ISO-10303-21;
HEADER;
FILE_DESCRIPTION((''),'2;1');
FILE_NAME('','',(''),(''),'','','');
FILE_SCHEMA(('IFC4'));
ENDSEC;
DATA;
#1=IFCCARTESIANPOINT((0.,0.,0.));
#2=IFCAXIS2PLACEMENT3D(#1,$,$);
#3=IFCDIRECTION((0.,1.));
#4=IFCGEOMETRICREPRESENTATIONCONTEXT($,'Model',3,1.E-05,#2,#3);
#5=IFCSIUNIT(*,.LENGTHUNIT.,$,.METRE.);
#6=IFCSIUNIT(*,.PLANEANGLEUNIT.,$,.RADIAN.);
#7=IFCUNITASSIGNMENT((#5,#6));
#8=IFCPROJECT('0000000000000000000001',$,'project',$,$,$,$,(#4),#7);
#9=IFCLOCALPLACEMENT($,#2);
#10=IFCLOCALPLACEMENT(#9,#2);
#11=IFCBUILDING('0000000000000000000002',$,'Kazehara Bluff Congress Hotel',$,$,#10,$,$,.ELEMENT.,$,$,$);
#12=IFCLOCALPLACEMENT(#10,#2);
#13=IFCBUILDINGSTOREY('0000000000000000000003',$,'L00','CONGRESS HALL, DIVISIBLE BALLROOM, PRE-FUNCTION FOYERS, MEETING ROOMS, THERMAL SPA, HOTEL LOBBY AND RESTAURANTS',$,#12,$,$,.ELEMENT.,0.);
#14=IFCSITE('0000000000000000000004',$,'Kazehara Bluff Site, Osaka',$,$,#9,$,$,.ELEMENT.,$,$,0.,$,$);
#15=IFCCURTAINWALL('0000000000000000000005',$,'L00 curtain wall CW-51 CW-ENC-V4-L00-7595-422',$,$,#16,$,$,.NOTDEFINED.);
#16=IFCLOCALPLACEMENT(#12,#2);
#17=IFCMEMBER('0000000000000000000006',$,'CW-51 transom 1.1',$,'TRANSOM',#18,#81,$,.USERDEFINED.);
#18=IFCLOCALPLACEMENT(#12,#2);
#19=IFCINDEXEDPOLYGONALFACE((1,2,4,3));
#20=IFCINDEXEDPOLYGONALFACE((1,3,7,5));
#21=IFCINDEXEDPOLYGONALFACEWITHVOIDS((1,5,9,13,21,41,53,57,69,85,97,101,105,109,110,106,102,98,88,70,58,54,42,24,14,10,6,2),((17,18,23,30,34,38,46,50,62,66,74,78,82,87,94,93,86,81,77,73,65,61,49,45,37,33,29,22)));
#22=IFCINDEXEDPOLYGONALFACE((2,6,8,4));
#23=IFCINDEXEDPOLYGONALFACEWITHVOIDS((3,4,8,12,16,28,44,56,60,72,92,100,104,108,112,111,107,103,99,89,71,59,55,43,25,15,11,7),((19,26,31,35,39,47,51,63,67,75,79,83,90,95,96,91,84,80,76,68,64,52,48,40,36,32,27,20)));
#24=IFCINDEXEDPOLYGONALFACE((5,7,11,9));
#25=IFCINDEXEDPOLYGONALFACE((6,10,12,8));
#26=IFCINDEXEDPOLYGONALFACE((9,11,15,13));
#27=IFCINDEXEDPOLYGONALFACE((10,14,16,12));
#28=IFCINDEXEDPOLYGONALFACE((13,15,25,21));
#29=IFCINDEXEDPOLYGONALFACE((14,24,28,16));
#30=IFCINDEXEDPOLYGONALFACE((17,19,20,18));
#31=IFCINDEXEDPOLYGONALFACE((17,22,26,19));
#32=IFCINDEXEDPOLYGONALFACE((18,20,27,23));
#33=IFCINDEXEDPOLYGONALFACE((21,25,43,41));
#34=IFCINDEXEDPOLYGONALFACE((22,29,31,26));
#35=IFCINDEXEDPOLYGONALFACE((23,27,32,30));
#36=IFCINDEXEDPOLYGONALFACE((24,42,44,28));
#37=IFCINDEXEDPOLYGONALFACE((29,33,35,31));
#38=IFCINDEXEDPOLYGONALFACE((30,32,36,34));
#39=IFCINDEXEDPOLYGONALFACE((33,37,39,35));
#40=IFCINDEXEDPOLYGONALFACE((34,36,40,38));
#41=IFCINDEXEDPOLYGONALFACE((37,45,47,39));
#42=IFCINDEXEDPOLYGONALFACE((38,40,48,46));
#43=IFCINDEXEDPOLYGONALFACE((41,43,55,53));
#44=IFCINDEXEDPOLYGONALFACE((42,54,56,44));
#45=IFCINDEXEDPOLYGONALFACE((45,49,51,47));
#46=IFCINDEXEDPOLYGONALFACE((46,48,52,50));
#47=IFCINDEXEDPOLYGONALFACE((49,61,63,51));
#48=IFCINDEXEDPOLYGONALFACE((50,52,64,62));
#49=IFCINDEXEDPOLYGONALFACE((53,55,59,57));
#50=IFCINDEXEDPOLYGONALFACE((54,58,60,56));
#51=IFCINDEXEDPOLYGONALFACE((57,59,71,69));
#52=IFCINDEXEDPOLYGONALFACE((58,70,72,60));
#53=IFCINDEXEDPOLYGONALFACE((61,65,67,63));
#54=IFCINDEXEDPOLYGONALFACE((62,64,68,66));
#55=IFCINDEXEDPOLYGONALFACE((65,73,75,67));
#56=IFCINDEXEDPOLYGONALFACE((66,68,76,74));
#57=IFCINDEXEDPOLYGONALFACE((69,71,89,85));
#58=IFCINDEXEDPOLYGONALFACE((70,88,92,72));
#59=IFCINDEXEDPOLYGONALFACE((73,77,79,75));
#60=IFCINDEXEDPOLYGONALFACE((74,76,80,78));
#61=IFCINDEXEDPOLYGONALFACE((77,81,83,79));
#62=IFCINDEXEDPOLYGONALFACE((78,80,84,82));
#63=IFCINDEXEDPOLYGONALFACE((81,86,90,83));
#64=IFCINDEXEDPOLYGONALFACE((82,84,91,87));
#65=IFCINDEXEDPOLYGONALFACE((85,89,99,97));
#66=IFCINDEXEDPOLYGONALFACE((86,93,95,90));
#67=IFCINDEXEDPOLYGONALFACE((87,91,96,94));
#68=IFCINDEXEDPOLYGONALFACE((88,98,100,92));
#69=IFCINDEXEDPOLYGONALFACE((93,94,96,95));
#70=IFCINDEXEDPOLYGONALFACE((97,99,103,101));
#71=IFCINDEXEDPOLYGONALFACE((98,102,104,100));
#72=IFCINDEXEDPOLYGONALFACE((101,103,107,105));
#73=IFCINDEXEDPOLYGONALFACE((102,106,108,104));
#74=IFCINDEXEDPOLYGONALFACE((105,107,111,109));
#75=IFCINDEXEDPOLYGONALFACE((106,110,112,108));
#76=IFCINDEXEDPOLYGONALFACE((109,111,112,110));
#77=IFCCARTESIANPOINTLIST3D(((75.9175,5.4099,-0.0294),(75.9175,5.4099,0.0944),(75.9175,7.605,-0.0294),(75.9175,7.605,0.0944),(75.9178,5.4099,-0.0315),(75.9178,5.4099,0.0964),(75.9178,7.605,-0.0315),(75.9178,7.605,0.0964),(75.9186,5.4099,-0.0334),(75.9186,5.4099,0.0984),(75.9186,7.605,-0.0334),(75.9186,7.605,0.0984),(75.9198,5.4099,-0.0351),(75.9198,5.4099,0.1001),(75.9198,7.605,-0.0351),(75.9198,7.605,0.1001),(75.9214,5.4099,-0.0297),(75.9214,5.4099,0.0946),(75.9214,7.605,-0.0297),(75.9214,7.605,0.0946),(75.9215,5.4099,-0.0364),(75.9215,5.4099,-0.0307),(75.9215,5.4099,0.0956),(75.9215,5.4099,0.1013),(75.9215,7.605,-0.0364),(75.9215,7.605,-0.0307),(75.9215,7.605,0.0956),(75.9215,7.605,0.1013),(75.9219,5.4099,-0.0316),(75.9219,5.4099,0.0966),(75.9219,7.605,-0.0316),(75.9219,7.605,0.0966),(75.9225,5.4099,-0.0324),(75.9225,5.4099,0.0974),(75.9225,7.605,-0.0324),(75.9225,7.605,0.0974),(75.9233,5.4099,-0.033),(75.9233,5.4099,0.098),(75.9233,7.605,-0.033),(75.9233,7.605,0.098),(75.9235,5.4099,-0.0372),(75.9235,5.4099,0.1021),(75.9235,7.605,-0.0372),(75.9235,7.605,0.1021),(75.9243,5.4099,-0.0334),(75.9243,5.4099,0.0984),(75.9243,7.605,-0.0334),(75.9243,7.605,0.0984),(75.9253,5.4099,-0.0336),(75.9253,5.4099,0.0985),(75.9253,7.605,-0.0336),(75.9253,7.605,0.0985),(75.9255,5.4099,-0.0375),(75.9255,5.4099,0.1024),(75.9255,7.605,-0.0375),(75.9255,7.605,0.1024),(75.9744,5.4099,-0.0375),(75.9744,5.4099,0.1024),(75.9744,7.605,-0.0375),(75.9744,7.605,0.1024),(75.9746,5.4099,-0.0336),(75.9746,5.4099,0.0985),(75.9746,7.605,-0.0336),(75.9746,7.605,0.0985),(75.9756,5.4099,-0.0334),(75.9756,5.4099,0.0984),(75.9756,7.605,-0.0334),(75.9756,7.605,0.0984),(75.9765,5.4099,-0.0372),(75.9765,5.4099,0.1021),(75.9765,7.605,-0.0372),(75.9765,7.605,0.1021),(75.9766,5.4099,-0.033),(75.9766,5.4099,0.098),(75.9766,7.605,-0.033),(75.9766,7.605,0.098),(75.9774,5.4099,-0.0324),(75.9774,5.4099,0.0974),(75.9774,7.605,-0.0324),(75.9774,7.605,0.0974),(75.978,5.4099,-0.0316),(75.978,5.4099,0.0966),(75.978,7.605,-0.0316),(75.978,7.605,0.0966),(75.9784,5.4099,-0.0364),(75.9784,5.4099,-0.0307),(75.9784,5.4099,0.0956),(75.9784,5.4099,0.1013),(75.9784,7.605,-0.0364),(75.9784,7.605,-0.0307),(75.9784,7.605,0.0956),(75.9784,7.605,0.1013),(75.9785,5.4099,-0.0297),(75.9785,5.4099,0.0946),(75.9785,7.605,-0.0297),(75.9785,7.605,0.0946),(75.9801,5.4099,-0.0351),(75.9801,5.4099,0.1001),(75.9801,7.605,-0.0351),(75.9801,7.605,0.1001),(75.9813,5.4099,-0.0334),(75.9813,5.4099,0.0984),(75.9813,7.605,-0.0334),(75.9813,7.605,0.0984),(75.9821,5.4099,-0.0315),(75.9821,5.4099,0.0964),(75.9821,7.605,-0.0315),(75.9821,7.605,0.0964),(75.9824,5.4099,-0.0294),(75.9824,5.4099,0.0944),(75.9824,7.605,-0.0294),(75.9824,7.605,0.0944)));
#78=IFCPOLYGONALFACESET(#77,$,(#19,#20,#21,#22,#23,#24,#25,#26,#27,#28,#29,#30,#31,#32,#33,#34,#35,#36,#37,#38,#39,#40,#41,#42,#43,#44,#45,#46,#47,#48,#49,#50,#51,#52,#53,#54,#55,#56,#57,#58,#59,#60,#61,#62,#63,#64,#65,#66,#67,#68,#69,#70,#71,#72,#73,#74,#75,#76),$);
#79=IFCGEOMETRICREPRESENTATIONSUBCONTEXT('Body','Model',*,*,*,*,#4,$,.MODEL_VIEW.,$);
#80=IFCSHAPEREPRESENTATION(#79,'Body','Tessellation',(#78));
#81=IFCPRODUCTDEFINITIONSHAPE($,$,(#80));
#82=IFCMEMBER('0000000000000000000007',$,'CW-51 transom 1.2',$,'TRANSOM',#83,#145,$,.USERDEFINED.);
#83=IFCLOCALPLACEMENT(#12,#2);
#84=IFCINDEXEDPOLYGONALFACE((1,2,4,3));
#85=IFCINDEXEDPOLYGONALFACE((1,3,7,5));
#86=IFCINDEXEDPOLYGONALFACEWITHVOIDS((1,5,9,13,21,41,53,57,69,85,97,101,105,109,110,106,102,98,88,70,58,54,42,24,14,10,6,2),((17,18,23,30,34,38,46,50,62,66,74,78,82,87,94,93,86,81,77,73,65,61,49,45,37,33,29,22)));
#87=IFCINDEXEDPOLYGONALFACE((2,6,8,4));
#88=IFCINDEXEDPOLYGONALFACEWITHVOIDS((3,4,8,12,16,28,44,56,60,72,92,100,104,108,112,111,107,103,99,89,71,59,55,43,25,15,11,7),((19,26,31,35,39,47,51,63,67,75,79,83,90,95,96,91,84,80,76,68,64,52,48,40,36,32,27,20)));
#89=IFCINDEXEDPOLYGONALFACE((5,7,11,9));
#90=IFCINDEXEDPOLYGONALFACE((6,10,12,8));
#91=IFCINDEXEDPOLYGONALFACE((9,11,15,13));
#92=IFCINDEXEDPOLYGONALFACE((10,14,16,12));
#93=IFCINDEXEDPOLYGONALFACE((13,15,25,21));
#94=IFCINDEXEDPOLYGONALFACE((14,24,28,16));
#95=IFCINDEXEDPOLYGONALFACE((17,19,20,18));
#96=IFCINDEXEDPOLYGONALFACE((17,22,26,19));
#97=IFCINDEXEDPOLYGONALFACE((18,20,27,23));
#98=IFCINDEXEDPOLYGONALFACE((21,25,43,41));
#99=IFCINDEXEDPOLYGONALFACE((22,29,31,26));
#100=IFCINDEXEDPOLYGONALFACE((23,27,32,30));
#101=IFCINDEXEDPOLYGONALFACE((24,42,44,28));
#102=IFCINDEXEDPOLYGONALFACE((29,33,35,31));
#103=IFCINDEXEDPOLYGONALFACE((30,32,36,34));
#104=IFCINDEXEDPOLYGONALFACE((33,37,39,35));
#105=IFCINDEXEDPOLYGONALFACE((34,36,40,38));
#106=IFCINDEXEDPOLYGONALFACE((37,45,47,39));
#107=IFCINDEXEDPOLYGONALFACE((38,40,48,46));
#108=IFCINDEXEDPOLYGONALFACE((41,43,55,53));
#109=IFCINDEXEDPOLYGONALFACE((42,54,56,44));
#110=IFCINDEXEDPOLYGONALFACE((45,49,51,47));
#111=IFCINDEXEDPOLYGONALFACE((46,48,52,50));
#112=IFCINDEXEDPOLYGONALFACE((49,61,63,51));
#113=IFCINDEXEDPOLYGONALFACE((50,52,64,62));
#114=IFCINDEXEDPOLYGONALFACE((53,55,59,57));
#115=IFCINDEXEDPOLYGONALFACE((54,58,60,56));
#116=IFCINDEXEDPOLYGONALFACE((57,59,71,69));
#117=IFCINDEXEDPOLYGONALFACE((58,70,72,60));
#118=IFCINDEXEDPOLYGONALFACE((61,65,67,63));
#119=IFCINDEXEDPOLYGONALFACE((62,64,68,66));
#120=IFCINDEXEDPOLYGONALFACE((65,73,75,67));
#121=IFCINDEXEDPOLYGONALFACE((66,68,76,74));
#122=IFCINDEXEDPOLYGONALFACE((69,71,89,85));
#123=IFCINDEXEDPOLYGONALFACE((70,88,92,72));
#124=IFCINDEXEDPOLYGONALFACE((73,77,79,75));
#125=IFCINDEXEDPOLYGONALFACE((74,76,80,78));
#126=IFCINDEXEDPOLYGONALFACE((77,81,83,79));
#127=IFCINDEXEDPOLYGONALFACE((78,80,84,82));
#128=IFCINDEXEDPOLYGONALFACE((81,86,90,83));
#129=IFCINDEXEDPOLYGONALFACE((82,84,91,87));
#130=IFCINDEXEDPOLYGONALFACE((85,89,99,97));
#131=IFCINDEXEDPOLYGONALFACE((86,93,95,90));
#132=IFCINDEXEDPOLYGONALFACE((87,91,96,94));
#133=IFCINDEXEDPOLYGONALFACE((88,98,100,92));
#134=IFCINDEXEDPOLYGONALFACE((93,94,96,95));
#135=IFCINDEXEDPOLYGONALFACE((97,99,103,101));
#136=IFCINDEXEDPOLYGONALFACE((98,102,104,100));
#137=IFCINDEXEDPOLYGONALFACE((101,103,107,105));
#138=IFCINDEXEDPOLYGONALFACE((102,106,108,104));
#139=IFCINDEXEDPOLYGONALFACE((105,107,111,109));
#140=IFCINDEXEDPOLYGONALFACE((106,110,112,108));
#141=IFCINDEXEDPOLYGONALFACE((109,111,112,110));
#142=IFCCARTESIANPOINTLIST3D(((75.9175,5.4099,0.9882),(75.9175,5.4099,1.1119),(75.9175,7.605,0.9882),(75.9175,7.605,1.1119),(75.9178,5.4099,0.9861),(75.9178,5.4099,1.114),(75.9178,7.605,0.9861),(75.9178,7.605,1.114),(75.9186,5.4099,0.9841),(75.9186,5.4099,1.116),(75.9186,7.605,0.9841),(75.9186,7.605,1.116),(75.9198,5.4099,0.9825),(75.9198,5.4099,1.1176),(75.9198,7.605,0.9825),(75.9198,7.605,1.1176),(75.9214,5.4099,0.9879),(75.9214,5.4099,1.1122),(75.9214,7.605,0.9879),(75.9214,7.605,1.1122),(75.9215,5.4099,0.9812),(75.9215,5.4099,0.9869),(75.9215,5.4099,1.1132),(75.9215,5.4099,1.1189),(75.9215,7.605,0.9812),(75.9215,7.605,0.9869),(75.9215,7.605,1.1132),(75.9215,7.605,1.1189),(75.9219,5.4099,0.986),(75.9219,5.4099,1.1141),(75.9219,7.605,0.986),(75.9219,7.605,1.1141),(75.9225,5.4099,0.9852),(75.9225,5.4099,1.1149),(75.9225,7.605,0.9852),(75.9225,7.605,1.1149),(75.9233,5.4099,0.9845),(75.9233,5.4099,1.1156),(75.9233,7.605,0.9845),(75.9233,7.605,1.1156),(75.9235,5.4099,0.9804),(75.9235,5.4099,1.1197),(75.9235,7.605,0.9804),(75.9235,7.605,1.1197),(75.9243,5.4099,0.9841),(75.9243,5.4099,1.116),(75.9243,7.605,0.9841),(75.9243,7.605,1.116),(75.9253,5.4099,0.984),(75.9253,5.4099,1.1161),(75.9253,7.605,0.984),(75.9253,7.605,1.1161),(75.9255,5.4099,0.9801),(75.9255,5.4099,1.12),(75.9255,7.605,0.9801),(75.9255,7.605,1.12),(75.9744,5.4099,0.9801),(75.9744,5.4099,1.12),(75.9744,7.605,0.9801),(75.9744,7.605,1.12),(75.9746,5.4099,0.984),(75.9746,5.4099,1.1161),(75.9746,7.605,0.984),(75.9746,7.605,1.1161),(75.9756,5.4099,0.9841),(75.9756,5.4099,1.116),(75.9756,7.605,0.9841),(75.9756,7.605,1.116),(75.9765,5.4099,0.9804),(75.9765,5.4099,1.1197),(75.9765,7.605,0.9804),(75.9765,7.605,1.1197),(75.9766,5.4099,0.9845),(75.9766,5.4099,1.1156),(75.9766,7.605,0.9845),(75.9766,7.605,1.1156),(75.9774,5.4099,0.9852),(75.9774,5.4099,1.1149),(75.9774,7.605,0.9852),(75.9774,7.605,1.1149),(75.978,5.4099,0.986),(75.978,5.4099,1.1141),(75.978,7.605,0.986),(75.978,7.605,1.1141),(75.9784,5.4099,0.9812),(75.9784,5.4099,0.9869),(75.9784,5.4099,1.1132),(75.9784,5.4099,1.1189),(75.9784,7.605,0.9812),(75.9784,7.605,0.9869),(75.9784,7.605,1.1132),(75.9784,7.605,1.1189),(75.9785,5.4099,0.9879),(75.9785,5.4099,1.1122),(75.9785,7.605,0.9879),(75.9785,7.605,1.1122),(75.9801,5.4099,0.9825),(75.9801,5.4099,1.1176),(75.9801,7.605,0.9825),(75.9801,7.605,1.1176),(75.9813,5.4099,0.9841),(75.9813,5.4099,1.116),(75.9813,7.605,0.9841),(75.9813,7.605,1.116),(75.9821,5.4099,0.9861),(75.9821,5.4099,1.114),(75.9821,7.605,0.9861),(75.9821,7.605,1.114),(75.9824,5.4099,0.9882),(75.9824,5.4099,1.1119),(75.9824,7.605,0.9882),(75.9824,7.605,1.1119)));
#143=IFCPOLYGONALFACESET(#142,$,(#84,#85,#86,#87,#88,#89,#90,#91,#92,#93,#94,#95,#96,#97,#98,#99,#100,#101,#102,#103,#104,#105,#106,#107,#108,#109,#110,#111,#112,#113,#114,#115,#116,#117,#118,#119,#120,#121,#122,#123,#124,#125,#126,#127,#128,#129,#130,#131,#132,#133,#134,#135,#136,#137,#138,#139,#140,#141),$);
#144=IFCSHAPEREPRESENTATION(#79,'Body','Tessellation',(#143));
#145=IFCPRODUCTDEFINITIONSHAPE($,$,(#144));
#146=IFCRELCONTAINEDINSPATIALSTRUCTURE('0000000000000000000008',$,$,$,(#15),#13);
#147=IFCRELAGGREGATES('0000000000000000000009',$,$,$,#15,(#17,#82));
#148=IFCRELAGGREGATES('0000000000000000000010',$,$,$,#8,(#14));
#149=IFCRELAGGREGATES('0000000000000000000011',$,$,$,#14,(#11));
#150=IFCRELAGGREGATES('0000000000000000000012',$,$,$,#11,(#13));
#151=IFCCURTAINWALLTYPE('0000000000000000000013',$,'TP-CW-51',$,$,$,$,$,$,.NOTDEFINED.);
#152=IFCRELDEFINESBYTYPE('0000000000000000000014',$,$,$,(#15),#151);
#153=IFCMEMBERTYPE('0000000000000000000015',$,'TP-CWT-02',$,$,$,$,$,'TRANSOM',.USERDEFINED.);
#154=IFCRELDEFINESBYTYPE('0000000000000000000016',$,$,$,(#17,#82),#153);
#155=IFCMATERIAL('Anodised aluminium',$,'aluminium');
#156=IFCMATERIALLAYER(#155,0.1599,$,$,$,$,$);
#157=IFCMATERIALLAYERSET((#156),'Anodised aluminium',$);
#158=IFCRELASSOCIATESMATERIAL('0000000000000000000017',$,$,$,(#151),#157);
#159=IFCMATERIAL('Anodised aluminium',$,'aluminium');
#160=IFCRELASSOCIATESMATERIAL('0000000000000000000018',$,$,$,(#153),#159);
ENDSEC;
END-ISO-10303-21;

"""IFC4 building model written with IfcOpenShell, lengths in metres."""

from ifc_helpers import new_model, si_unit, direction, frame, origin, origin_2d, place, context, subcontext, project, spatial, hollow_rectangle, extrude, material, layer, layer_set, material_profile, profile_set, type_object, element, aggregate, save


model = new_model("IFC4")

# Units and contexts
model_context = context("Model", 3, precision=1e-05, world=origin(), true_north=direction((0.0, 1.0)))
body_context = subcontext(model_context, "Body", "Model", "MODEL_VIEW")
ifc_project = project(units=[si_unit("LENGTHUNIT", "METRE"), si_unit("PLANEANGLEUNIT", "RADIAN")], contexts=[model_context])

# Site, building, storey
site_placement = place(None, origin())
site = spatial("IfcSite", under=ifc_project, at=site_placement, Name="Kazehara Bluff Site, Osaka", CompositionType="ELEMENT", RefElevation=0.0)
building_placement = place(site_placement, origin())
building = spatial("IfcBuilding", under=site, at=building_placement, Name="Kazehara Bluff Congress Hotel", CompositionType="ELEMENT")
storey_placement = place(building_placement, origin())
storey = spatial("IfcBuildingStorey", under=building, at=storey_placement, Name="L00", Description="CONGRESS HALL, DIVISIBLE BALLROOM, PRE-FUNCTION FOYERS, MEETING ROOMS, THERMAL SPA, HOTEL LOBBY AND RESTAURANTS", CompositionType="ELEMENT", Elevation=0.0)

# Curtain wall
ifc_material_1 = material(Name="Anodised aluminium", Category="aluminium")
ifc_layer_1 = layer(ifc_material_1, 0.1599)
ifc_layer_set_1 = layer_set([ifc_layer_1], Name="Anodised aluminium")
curtain_wall_type_1 = type_object("IfcCurtainWallType", Name="TP-CW-51", PredefinedType="NOTDEFINED", material=ifc_layer_set_1)
curtain_wall_1_placement = place(storey_placement, origin())
curtain_wall_1 = element("IfcCurtainWall", 1, at=curtain_wall_1_placement, inside=storey, type_object=curtain_wall_type_1, Name="L00 curtain wall CW-51 CW-ENC-V4-L00-7595-422", PredefinedType="NOTDEFINED")

# Members
ifc_material_2 = material(Name="Anodised aluminium", Category="aluminium")
ifc_material_profile_1 = material_profile(ifc_material_2, hollow_rectangle(XDim=0.0649, YDim=0.1399, WallThickness=0.0039, InnerFilletRadius=0.0039, OuterFilletRadius=0.0081, at=origin_2d()))
ifc_profile_set_1 = profile_set([ifc_material_profile_1], Name="Anodised aluminium")
member_type_1 = type_object("IfcMemberType", Name="TP-CWT-02", ElementType="TRANSOM", PredefinedType="USERDEFINED", material=ifc_profile_set_1)
member_1_placement = place(storey_placement, frame((75.95, 7.605, 0.0325), z_axis=(0.0, -1.0, 0.0), x_axis=(1.0, 0.0, 0.0)))
member_1 = element("IfcMember", 2, at=member_1_placement, type_object=member_type_1, Name="CW-51 transom 1.1", ObjectType="TRANSOM", PredefinedType="USERDEFINED", context=body_context, shape_type="SweptSolid", body=[
    extrude(hollow_rectangle(XDim=0.0649, YDim=0.1399, WallThickness=0.0039, InnerFilletRadius=0.0039, OuterFilletRadius=0.0081, at=origin_2d()), origin(), (0.0, 0.0, 1.0), 2.1951),
])
member_2_placement = place(storey_placement, frame((75.95, 7.605, 1.05), z_axis=(0.0, -1.0, 0.0), x_axis=(1.0, 0.0, 0.0)))
member_2 = element("IfcMember", 3, at=member_2_placement, type_object=member_type_1, Name="CW-51 transom 1.2", ObjectType="TRANSOM", PredefinedType="USERDEFINED", context=body_context, shape_type="SweptSolid", body=[
    extrude(hollow_rectangle(XDim=0.0649, YDim=0.1399, WallThickness=0.0039, InnerFilletRadius=0.0039, OuterFilletRadius=0.0081, at=origin_2d()), origin(), (0.0, 0.0, 1.0), 2.1951),
])

aggregate(curtain_wall_1, [member_1, member_2])

save(model, "model.ifc")
